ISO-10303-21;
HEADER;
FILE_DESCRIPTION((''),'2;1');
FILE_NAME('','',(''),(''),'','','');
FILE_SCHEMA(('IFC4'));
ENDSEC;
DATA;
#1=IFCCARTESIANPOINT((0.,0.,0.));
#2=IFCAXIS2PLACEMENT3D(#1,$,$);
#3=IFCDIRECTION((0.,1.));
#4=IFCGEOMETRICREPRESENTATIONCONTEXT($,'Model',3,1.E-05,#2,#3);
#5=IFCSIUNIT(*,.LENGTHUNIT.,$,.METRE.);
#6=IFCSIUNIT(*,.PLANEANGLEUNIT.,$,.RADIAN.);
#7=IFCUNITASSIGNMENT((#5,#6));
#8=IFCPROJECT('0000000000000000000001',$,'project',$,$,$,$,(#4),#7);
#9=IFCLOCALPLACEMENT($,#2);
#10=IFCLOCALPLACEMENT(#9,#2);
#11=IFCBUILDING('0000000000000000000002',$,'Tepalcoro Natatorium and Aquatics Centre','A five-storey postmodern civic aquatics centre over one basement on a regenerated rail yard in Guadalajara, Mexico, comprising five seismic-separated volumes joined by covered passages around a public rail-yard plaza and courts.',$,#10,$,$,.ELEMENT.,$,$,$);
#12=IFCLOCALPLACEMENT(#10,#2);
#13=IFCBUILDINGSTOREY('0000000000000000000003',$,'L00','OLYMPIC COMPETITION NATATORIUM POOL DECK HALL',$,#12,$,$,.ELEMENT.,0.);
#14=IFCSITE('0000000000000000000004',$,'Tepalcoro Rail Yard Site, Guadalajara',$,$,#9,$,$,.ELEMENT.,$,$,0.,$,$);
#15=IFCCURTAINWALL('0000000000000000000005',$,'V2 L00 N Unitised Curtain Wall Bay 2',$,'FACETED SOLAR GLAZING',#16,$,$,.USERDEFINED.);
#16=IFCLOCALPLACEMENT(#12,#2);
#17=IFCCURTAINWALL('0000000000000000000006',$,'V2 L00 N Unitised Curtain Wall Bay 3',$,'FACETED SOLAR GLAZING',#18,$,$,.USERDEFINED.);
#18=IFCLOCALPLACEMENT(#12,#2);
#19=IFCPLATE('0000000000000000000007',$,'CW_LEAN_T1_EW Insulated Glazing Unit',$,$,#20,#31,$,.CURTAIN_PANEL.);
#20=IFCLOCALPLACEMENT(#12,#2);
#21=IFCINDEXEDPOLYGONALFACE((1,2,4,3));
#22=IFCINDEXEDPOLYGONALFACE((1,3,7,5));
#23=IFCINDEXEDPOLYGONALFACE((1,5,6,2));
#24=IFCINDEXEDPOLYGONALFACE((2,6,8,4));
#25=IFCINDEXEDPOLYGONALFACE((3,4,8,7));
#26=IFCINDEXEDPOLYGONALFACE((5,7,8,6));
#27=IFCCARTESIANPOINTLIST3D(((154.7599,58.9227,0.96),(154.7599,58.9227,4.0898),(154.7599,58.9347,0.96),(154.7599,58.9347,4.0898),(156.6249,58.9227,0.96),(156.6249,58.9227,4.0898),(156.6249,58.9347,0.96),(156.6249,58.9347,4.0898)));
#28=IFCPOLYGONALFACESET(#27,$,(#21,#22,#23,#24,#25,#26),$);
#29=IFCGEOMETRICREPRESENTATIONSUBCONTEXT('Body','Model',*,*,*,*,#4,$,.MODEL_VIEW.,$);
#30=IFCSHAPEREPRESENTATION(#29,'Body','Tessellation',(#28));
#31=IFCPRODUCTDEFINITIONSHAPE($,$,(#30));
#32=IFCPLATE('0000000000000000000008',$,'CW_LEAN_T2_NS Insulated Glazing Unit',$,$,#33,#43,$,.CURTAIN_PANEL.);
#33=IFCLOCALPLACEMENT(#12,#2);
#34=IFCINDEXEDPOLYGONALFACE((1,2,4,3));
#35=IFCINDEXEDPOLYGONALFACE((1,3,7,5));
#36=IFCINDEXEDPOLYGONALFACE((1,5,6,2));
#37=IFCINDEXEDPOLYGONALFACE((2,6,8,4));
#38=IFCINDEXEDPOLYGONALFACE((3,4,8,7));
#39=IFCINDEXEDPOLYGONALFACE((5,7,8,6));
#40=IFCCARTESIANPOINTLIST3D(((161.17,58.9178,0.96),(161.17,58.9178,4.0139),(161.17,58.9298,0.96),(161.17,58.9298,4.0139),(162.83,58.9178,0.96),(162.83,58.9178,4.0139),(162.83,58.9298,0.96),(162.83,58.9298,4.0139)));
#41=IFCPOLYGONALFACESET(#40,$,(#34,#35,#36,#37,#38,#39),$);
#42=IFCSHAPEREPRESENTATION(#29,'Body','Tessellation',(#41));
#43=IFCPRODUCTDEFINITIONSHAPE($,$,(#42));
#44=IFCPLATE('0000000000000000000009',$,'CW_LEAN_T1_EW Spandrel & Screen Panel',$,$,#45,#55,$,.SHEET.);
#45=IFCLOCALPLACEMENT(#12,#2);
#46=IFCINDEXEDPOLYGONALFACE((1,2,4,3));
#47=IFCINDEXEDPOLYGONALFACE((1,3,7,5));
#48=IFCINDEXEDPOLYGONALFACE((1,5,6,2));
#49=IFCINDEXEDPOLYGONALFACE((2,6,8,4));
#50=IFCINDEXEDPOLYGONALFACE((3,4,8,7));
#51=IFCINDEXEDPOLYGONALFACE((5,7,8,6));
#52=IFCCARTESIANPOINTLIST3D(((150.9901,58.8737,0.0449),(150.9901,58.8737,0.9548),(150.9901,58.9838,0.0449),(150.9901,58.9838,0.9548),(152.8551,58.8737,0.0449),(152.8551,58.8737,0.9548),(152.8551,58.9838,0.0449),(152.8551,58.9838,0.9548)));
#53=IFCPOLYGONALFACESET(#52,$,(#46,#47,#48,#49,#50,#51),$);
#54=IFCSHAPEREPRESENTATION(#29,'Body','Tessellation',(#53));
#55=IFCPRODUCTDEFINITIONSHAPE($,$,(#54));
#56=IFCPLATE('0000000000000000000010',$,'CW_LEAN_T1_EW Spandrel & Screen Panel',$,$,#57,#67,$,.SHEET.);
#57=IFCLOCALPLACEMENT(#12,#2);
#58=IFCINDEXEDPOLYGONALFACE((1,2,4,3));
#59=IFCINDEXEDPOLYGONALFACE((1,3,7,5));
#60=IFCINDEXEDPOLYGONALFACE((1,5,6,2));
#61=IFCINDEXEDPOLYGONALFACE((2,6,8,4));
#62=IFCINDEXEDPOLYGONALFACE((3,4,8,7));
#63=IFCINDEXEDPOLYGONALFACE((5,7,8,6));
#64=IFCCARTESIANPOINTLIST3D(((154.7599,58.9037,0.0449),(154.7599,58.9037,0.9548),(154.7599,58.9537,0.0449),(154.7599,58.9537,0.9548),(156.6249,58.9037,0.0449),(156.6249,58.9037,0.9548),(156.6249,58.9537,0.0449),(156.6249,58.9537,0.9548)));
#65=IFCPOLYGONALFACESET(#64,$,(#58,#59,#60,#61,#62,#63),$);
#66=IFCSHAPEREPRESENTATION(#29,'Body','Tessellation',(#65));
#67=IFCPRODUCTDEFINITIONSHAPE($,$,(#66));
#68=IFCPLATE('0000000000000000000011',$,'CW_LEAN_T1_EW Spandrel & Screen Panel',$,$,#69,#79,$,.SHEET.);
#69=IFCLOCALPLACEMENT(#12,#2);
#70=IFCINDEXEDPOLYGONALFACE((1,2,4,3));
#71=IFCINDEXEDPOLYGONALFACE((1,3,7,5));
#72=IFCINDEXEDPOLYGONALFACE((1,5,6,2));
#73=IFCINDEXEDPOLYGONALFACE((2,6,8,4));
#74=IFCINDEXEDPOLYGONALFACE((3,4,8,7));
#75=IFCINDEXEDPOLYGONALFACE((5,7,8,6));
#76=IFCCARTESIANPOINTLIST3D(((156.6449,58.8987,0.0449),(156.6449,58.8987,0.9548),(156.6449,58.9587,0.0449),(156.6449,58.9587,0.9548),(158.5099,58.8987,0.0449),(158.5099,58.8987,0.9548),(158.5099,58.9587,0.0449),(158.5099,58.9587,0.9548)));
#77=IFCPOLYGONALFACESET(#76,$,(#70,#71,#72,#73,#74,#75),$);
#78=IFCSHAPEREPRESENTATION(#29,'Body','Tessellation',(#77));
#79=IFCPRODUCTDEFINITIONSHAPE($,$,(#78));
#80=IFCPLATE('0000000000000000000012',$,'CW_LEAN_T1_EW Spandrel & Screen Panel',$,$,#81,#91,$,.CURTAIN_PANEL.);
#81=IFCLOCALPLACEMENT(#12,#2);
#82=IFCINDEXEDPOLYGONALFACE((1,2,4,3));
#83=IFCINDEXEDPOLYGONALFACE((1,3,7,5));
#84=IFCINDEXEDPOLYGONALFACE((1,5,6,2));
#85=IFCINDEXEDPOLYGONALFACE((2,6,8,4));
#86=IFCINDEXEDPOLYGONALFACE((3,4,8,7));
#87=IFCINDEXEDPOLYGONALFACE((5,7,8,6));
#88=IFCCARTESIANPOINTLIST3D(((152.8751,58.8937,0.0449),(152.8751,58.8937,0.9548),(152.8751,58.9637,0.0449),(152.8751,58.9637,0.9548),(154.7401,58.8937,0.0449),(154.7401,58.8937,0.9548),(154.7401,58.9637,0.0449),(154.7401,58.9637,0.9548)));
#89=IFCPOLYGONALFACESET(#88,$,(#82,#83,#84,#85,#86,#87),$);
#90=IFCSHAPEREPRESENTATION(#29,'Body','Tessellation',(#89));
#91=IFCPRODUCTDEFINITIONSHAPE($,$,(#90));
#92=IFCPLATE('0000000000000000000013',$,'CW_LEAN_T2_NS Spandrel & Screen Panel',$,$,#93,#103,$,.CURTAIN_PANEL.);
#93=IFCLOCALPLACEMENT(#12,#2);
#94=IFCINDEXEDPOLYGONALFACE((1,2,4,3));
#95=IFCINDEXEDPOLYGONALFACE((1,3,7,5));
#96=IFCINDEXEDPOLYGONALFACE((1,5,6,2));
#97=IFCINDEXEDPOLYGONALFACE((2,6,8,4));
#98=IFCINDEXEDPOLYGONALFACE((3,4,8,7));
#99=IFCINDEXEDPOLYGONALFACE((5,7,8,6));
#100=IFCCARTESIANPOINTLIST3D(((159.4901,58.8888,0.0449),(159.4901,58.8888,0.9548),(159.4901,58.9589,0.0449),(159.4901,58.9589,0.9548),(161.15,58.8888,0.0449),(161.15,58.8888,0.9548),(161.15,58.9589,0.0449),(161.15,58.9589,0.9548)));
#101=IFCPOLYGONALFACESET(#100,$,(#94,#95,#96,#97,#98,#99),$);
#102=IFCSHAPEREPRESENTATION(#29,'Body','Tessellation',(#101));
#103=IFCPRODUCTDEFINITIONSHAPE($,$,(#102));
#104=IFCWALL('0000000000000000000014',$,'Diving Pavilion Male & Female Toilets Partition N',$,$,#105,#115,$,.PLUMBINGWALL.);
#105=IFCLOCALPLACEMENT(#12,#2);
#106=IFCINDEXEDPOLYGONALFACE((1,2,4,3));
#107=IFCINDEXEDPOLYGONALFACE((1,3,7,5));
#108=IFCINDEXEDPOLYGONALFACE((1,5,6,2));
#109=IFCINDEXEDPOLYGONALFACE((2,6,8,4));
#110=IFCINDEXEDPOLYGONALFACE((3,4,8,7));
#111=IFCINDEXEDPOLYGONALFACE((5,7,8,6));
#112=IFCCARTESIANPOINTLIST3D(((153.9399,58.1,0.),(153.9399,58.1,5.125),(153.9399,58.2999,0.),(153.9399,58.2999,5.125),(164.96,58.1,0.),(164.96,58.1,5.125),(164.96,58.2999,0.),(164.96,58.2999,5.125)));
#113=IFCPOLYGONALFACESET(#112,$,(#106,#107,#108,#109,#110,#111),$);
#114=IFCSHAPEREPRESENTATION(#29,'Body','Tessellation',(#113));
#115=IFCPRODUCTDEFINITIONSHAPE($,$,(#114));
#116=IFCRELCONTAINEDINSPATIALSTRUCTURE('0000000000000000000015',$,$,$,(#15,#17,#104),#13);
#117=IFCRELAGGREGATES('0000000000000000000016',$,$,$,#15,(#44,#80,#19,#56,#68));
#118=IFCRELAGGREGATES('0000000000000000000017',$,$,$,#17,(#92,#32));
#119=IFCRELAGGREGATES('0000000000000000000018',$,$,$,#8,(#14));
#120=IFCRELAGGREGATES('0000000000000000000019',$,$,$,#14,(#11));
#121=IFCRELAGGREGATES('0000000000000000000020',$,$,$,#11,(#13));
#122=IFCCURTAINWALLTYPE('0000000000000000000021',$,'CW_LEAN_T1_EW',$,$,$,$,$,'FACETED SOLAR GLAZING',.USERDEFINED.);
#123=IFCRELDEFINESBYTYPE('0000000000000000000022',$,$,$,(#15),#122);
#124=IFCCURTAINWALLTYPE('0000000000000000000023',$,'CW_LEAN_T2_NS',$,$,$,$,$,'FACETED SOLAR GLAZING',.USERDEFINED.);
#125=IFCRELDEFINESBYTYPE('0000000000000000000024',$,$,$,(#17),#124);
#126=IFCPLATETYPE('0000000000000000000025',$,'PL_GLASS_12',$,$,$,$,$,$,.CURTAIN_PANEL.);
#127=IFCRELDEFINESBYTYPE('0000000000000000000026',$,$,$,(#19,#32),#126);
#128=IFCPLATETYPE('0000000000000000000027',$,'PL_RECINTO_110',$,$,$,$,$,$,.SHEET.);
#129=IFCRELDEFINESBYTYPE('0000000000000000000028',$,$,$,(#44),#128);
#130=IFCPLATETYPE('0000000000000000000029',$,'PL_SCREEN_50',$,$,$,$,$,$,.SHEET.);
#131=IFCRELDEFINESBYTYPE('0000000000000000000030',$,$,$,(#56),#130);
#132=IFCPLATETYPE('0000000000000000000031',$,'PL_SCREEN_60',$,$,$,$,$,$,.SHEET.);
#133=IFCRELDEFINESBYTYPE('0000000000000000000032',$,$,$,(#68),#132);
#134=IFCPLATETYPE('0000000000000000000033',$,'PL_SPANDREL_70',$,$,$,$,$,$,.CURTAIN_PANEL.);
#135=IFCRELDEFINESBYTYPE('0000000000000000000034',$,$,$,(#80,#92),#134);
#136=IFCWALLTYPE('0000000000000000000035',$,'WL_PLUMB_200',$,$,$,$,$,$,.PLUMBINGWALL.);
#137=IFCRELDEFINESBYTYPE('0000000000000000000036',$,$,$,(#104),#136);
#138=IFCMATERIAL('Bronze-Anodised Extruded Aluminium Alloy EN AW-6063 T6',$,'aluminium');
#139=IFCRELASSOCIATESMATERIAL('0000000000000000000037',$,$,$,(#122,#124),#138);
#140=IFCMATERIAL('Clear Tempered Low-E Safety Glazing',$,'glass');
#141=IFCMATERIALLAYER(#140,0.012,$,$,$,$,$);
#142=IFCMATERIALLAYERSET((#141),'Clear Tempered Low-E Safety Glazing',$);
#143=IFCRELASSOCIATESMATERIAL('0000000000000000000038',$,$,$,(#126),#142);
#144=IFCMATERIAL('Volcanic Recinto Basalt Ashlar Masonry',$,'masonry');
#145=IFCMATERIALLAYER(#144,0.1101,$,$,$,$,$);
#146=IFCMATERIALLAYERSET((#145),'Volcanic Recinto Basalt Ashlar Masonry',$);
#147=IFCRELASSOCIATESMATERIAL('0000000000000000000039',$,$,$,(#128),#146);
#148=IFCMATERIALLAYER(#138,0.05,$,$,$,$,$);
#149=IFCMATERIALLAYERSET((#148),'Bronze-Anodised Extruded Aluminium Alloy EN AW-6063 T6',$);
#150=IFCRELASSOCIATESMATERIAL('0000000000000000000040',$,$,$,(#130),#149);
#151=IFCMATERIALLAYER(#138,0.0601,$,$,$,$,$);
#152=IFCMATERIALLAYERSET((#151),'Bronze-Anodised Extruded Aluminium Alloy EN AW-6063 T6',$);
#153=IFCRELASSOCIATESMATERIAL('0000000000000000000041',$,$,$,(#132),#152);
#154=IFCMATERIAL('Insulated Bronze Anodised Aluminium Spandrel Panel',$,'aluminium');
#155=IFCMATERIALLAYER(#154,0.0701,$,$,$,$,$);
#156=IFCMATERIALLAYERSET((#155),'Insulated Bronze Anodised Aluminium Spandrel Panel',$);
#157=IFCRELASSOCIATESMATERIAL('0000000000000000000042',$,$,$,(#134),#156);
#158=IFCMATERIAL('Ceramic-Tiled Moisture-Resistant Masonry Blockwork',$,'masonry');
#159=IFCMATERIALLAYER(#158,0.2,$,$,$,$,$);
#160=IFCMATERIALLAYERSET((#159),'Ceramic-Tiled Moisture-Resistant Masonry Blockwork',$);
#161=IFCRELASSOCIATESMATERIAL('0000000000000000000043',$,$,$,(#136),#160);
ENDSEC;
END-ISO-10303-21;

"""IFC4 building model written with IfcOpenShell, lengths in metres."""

from ifc_helpers import new_model, si_unit, direction, frame, frame_2d, origin, origin_2d, place, context, subcontext, project, spatial, rectangle, extrude, material, layer, layer_set, type_object, element, aggregate, save


model = new_model("IFC4")

# Units and contexts
model_context = context("Model", 3, precision=1e-05, world=origin(), true_north=direction((0.0, 1.0)))
body_context = subcontext(model_context, "Body", "Model", "MODEL_VIEW")
ifc_project = project(units=[si_unit("LENGTHUNIT", "METRE"), si_unit("PLANEANGLEUNIT", "RADIAN")], contexts=[model_context])

# Site, building, storey
site_placement = place(None, origin())
site = spatial("IfcSite", under=ifc_project, at=site_placement, Name="Tepalcoro Rail Yard Site, Guadalajara", CompositionType="ELEMENT", RefElevation=0.0)
building_placement = place(site_placement, origin())
building = spatial("IfcBuilding", under=site, at=building_placement, Name="Tepalcoro Natatorium and Aquatics Centre", Description="A five-storey postmodern civic aquatics centre over one basement on a regenerated rail yard in Guadalajara, Mexico, comprising five seismic-separated volumes joined by covered passages around a public rail-yard plaza and courts.", CompositionType="ELEMENT")
storey_placement = place(building_placement, origin())
storey = spatial("IfcBuildingStorey", under=building, at=storey_placement, Name="L00", Description="OLYMPIC COMPETITION NATATORIUM POOL DECK HALL", CompositionType="ELEMENT", Elevation=0.0)

# Curtain walls
ifc_material_1 = material(Name="Bronze-Anodised Extruded Aluminium Alloy EN AW-6063 T6", Category="aluminium")
curtain_wall_type_1 = type_object("IfcCurtainWallType", Name="CW_LEAN_T1_EW", ElementType="FACETED SOLAR GLAZING", PredefinedType="USERDEFINED", material=ifc_material_1)
curtain_wall_1_placement = place(storey_placement, origin())
curtain_wall_1 = element("IfcCurtainWall", 1, at=curtain_wall_1_placement, inside=storey, type_object=curtain_wall_type_1, Name="V2 L00 N Unitised Curtain Wall Bay 2", ObjectType="FACETED SOLAR GLAZING", PredefinedType="USERDEFINED")
curtain_wall_type_2 = type_object("IfcCurtainWallType", Name="CW_LEAN_T2_NS", ElementType="FACETED SOLAR GLAZING", PredefinedType="USERDEFINED", material=ifc_material_1)
curtain_wall_2_placement = place(storey_placement, origin())
curtain_wall_2 = element("IfcCurtainWall", 2, at=curtain_wall_2_placement, inside=storey, type_object=curtain_wall_type_2, Name="V2 L00 N Unitised Curtain Wall Bay 3", ObjectType="FACETED SOLAR GLAZING", PredefinedType="USERDEFINED")

# Plates
ifc_material_2 = material(Name="Clear Tempered Low-E Safety Glazing", Category="glass")
ifc_layer_1 = layer(ifc_material_2, 0.012)
ifc_layer_set_1 = layer_set([ifc_layer_1], Name="Clear Tempered Low-E Safety Glazing")
plate_type_1 = type_object("IfcPlateType", Name="PL_GLASS_12", PredefinedType="CURTAIN_PANEL", material=ifc_layer_set_1)
plate_1_placement = place(storey_placement, frame((155.6924, 58.9287, 0.96), z_axis=(0.0, 0.0, 1.0), x_axis=(1.0, 0.0, 0.0)))
plate_1 = element("IfcPlate", 3, at=plate_1_placement, type_object=plate_type_1, Name="CW_LEAN_T1_EW Insulated Glazing Unit", PredefinedType="CURTAIN_PANEL", context=body_context, shape_type="SweptSolid", body=[
    extrude(rectangle(XDim=1.865, YDim=0.012, at=origin_2d()), origin(), (0.0, 0.0, 1.0), 3.1299),
])
plate_2_placement = place(storey_placement, frame((162.0, 58.9238, 0.96), z_axis=(0.0, 0.0, 1.0), x_axis=(1.0, 0.0, 0.0)))
plate_2 = element("IfcPlate", 4, at=plate_2_placement, type_object=plate_type_1, Name="CW_LEAN_T2_NS Insulated Glazing Unit", PredefinedType="CURTAIN_PANEL", context=body_context, shape_type="SweptSolid", body=[
    extrude(rectangle(XDim=1.6599, YDim=0.012, at=origin_2d()), origin(), (0.0, 0.0, 1.0), 3.054),
])
ifc_material_3 = material(Name="Volcanic Recinto Basalt Ashlar Masonry", Category="masonry")
ifc_layer_2 = layer(ifc_material_3, 0.1101)
ifc_layer_set_2 = layer_set([ifc_layer_2], Name="Volcanic Recinto Basalt Ashlar Masonry")
plate_type_2 = type_object("IfcPlateType", Name="PL_RECINTO_110", PredefinedType="SHEET", material=ifc_layer_set_2)
plate_3_placement = place(storey_placement, frame((151.9226, 58.9287, 0.0449), z_axis=(0.0, 0.0, 1.0), x_axis=(1.0, 0.0, 0.0)))
plate_3 = element("IfcPlate", 5, at=plate_3_placement, type_object=plate_type_2, Name="CW_LEAN_T1_EW Spandrel & Screen Panel", PredefinedType="SHEET", context=body_context, shape_type="SweptSolid", body=[
    extrude(rectangle(XDim=1.865, YDim=0.1101, at=origin_2d()), origin(), (0.0, 0.0, 1.0), 0.9099),
])
ifc_layer_3 = layer(ifc_material_1, 0.05)
ifc_layer_set_3 = layer_set([ifc_layer_3], Name="Bronze-Anodised Extruded Aluminium Alloy EN AW-6063 T6")
plate_type_3 = type_object("IfcPlateType", Name="PL_SCREEN_50", PredefinedType="SHEET", material=ifc_layer_set_3)
plate_4_placement = place(storey_placement, frame((155.6924, 58.9287, 0.0449), z_axis=(0.0, 0.0, 1.0), x_axis=(1.0, 0.0, 0.0)))
plate_4 = element("IfcPlate", 6, at=plate_4_placement, type_object=plate_type_3, Name="CW_LEAN_T1_EW Spandrel & Screen Panel", PredefinedType="SHEET", context=body_context, shape_type="SweptSolid", body=[
    extrude(rectangle(XDim=1.865, YDim=0.05, at=origin_2d()), origin(), (0.0, 0.0, 1.0), 0.9099),
])
ifc_layer_4 = layer(ifc_material_1, 0.0601)
ifc_layer_set_4 = layer_set([ifc_layer_4], Name="Bronze-Anodised Extruded Aluminium Alloy EN AW-6063 T6")
plate_type_4 = type_object("IfcPlateType", Name="PL_SCREEN_60", PredefinedType="SHEET", material=ifc_layer_set_4)
plate_5_placement = place(storey_placement, frame((157.5774, 58.9287, 0.0449), z_axis=(0.0, 0.0, 1.0), x_axis=(1.0, 0.0, 0.0)))
plate_5 = element("IfcPlate", 7, at=plate_5_placement, type_object=plate_type_4, Name="CW_LEAN_T1_EW Spandrel & Screen Panel", PredefinedType="SHEET", context=body_context, shape_type="SweptSolid", body=[
    extrude(rectangle(XDim=1.865, YDim=0.0601, at=origin_2d()), origin(), (0.0, 0.0, 1.0), 0.9099),
])
ifc_material_4 = material(Name="Insulated Bronze Anodised Aluminium Spandrel Panel", Category="aluminium")
ifc_layer_5 = layer(ifc_material_4, 0.0701)
ifc_layer_set_5 = layer_set([ifc_layer_5], Name="Insulated Bronze Anodised Aluminium Spandrel Panel")
plate_type_5 = type_object("IfcPlateType", Name="PL_SPANDREL_70", PredefinedType="CURTAIN_PANEL", material=ifc_layer_set_5)
plate_6_placement = place(storey_placement, frame((153.8076, 58.9287, 0.0449), z_axis=(0.0, 0.0, 1.0), x_axis=(1.0, 0.0, 0.0)))
plate_6 = element("IfcPlate", 8, at=plate_6_placement, type_object=plate_type_5, Name="CW_LEAN_T1_EW Spandrel & Screen Panel", PredefinedType="CURTAIN_PANEL", context=body_context, shape_type="SweptSolid", body=[
    extrude(rectangle(XDim=1.865, YDim=0.0701, at=origin_2d()), origin(), (0.0, 0.0, 1.0), 0.9099),
])
aggregate(curtain_wall_1, [plate_3, plate_6, plate_1, plate_4, plate_5])
plate_7_placement = place(storey_placement, frame((160.3201, 58.9238, 0.0449), z_axis=(0.0, 0.0, 1.0), x_axis=(1.0, 0.0, 0.0)))
plate_7 = element("IfcPlate", 9, at=plate_7_placement, type_object=plate_type_5, Name="CW_LEAN_T2_NS Spandrel & Screen Panel", PredefinedType="CURTAIN_PANEL", context=body_context, shape_type="SweptSolid", body=[
    extrude(rectangle(XDim=1.6599, YDim=0.0701, at=origin_2d()), origin(), (0.0, 0.0, 1.0), 0.9099),
])
aggregate(curtain_wall_2, [plate_7, plate_2])

# Wall
ifc_material_5 = material(Name="Ceramic-Tiled Moisture-Resistant Masonry Blockwork", Category="masonry")
ifc_layer_6 = layer(ifc_material_5, 0.2)
ifc_layer_set_6 = layer_set([ifc_layer_6], Name="Ceramic-Tiled Moisture-Resistant Masonry Blockwork")
wall_type = type_object("IfcWallType", Name="WL_PLUMB_200", PredefinedType="PLUMBINGWALL", material=ifc_layer_set_6)
wall_placement = place(storey_placement, frame((153.9399, 58.2, 0.0), z_axis=(0.0, 0.0, 1.0), x_axis=(1.0, 0.0, 0.0)))
element("IfcWall", 10, at=wall_placement, inside=storey, type_object=wall_type, Name="Diving Pavilion Male & Female Toilets Partition N", PredefinedType="PLUMBINGWALL", context=body_context, shape_type="SweptSolid", body=[
    extrude(rectangle(XDim=11.02, YDim=0.2, at=frame_2d((5.51, 0.0))), origin(), (0.0, 0.0, 1.0), 5.125),
])

save(model, "model.ifc")
